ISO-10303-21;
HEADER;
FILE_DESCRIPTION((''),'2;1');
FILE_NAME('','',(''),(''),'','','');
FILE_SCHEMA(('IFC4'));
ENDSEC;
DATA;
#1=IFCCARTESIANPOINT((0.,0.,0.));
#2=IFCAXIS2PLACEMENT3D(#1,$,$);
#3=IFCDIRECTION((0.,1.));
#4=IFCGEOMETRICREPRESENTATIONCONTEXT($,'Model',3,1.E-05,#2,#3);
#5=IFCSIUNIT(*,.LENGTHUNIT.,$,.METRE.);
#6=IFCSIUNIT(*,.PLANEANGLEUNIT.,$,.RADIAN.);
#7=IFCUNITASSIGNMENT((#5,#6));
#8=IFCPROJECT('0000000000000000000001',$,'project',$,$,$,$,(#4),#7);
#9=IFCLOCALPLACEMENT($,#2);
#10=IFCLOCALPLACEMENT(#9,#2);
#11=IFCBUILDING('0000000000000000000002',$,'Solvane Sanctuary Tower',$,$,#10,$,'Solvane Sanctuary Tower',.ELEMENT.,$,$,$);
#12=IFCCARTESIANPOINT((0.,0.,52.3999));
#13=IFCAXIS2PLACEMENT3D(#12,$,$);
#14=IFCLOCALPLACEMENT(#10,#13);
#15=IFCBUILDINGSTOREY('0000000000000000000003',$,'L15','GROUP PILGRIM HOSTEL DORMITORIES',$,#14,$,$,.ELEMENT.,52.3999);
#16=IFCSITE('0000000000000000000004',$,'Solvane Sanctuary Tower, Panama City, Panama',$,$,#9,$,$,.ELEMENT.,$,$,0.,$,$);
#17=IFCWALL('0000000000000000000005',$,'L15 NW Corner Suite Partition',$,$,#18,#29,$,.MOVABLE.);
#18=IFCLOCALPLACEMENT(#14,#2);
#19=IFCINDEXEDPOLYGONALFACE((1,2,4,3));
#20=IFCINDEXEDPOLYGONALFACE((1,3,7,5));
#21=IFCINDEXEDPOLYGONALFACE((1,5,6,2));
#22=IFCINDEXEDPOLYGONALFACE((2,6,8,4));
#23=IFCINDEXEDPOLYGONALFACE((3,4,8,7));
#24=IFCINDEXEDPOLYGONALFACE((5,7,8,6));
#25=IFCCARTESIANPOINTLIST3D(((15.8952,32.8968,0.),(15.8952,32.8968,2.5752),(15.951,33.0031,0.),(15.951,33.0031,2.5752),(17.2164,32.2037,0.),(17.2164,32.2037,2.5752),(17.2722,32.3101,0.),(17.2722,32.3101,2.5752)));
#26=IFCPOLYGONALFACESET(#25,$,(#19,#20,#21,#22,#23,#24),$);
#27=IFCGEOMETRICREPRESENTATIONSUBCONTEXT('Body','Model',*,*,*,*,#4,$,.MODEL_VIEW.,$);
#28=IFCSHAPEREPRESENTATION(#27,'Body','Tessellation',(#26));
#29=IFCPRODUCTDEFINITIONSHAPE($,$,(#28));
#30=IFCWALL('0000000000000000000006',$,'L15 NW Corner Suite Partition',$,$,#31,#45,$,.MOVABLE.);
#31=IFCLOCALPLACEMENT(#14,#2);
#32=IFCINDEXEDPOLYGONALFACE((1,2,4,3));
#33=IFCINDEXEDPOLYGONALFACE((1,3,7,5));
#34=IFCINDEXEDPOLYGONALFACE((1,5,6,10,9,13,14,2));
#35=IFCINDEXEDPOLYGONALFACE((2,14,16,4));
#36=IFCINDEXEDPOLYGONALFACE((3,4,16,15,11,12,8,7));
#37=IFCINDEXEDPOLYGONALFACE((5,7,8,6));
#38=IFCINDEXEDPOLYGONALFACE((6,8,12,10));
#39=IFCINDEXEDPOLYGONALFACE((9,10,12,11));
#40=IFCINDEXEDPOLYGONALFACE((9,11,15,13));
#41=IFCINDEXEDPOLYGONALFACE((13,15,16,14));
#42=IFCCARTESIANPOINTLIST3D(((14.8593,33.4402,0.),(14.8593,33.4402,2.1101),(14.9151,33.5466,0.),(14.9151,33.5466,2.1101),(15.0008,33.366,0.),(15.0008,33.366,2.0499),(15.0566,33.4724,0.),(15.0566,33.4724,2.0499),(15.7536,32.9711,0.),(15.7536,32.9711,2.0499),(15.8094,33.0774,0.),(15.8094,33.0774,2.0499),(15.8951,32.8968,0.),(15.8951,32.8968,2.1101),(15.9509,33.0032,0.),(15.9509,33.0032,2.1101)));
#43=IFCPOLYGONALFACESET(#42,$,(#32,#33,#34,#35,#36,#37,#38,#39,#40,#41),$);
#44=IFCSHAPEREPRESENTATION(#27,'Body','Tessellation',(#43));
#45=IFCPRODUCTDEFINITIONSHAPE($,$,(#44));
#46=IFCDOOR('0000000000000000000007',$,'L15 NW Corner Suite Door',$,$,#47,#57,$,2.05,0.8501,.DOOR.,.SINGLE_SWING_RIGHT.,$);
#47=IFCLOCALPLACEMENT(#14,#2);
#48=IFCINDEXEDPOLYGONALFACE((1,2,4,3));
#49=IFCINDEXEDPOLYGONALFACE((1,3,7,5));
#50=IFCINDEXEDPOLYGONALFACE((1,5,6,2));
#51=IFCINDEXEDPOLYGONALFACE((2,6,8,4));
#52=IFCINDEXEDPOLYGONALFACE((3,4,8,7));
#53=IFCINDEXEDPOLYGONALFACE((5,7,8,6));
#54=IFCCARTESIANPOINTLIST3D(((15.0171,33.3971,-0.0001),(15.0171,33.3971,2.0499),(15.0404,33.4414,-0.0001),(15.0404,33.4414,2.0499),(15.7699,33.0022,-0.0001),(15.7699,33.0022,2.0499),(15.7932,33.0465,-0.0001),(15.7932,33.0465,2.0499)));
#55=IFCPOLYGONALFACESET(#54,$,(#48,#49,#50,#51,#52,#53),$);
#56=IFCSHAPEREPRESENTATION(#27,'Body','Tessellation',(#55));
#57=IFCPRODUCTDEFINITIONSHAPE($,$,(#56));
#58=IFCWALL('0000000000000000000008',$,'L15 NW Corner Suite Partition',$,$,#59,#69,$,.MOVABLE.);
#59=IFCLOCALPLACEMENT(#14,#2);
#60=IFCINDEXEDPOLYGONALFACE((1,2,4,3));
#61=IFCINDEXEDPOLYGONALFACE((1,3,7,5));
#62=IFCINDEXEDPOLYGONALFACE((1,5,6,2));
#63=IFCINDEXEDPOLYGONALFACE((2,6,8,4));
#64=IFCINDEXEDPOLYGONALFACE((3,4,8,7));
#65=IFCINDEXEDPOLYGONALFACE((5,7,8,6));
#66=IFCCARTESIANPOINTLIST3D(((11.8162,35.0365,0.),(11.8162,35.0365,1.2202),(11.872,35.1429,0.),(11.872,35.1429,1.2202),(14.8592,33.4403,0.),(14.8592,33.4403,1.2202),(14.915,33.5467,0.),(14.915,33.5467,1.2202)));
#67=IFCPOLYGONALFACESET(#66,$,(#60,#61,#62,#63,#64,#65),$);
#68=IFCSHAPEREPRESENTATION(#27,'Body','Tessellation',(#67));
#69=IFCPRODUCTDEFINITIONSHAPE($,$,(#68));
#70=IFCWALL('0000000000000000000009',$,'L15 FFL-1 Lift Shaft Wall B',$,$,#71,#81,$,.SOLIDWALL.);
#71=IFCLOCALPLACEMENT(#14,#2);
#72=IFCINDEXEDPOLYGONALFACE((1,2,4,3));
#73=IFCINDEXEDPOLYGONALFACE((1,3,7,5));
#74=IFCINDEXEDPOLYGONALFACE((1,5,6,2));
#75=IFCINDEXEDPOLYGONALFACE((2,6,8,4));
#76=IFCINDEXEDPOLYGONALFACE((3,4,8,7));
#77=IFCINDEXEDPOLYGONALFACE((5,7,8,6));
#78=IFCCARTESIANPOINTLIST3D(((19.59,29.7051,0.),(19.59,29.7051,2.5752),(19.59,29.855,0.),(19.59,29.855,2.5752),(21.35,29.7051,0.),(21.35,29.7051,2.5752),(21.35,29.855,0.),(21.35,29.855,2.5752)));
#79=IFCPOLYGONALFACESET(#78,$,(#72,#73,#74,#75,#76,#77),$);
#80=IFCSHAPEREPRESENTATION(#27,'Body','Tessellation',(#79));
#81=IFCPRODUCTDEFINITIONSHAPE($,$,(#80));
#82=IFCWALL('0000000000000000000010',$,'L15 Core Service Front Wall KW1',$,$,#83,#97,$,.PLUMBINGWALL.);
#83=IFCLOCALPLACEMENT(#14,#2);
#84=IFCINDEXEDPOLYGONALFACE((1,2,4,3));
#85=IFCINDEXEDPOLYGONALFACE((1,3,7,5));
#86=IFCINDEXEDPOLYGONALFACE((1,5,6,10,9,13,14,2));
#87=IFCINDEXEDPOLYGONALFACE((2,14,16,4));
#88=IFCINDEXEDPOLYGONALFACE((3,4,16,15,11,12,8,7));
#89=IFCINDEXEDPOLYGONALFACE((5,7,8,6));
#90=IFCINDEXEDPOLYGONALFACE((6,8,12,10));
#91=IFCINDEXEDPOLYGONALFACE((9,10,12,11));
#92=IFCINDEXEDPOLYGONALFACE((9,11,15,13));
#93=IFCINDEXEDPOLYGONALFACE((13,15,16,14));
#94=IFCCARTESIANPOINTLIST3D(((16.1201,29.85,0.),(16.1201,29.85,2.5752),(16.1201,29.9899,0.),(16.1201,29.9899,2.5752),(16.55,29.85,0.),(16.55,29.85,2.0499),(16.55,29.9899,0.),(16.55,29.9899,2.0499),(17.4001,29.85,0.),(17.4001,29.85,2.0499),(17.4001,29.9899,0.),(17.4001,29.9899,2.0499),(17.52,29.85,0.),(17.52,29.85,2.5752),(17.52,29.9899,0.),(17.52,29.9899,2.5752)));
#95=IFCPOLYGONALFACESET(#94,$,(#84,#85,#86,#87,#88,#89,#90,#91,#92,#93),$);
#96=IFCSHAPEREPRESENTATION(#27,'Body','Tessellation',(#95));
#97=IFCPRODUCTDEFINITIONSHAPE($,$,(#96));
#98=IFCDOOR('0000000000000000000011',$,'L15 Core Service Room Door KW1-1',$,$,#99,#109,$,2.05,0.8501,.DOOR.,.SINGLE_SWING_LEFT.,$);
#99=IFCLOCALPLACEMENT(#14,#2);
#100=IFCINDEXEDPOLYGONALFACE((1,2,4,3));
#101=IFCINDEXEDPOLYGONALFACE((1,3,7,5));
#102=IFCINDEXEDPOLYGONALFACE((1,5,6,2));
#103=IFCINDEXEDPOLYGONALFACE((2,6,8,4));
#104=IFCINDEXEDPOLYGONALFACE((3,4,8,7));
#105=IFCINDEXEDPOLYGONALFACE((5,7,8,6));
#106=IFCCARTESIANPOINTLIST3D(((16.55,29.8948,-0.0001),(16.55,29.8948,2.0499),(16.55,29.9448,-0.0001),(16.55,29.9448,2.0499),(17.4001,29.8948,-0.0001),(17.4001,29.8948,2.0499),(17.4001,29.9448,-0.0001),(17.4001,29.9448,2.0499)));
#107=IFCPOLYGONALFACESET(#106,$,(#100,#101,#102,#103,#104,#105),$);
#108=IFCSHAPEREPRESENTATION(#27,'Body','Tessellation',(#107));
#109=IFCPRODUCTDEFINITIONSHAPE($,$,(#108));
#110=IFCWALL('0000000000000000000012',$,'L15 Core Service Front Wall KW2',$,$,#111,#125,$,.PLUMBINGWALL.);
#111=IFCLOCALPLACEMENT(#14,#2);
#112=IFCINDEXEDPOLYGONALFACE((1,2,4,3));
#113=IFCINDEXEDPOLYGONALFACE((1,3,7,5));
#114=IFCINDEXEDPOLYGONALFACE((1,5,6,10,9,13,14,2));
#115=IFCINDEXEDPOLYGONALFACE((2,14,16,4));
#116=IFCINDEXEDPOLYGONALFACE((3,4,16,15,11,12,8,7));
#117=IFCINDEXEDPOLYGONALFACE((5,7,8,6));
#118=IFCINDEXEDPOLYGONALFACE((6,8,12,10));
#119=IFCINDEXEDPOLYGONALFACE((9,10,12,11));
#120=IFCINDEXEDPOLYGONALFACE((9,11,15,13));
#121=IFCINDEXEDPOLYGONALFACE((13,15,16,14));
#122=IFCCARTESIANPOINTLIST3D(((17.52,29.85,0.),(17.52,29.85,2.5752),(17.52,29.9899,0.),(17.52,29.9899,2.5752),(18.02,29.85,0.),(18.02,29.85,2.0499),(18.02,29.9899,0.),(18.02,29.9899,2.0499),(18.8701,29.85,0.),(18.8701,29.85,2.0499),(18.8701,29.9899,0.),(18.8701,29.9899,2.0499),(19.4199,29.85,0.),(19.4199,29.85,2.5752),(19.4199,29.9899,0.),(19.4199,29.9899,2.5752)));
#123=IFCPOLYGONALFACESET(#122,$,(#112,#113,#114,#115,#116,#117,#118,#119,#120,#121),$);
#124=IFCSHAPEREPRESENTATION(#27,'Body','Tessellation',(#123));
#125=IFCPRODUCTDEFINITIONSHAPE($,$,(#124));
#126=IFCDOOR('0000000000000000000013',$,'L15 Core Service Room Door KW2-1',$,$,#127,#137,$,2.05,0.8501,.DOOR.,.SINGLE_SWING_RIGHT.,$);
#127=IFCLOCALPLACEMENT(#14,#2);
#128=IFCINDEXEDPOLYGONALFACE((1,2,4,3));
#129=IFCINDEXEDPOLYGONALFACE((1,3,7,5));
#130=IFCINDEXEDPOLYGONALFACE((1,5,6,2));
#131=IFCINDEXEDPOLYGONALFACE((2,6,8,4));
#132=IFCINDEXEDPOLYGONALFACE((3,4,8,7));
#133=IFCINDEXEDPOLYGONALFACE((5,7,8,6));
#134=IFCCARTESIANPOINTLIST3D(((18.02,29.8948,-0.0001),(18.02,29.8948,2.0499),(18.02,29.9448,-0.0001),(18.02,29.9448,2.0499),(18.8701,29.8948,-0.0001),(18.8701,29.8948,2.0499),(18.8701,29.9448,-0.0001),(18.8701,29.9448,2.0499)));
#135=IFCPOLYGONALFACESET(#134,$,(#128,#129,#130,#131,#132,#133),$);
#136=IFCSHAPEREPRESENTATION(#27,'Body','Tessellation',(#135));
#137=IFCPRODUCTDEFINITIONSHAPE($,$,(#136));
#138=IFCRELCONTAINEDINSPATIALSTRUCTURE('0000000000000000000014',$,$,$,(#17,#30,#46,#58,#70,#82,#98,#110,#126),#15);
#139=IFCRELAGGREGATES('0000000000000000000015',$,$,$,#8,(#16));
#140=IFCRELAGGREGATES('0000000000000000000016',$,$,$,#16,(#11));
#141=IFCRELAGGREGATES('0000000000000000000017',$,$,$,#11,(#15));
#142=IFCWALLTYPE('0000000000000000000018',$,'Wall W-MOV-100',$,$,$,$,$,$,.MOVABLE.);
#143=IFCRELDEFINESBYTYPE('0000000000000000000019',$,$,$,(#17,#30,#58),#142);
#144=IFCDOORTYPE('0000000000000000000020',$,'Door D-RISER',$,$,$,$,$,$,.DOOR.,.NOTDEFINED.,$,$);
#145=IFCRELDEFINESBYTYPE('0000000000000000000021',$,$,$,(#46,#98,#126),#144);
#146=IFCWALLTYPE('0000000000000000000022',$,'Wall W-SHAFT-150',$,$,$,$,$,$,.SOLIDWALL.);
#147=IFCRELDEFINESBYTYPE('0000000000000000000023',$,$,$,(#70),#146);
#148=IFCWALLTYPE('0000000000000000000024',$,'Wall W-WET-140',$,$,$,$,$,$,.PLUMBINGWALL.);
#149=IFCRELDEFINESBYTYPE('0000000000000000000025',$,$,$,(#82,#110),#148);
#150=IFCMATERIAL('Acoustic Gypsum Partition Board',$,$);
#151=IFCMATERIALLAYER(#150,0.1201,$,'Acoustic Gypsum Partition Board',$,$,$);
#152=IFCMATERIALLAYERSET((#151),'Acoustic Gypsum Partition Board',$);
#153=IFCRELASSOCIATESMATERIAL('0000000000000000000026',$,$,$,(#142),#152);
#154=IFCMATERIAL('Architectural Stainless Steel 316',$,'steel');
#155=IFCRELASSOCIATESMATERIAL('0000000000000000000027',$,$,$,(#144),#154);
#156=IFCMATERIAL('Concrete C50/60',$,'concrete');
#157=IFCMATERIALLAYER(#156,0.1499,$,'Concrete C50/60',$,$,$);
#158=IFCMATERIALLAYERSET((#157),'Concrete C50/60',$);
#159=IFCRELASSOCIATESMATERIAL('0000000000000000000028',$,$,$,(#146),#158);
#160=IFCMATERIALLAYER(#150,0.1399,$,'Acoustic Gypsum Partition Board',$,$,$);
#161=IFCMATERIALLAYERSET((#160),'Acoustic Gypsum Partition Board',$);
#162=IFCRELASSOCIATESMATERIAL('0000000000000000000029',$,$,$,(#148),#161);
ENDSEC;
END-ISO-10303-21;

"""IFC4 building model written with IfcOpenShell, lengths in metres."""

from ifc_helpers import new_model, si_unit, direction, frame, frame_2d, origin, place, context, subcontext, project, spatial, rectangle, extrude, material, layer, layer_set, type_object, element, fill, save


model = new_model("IFC4")

# Units and contexts
model_context = context("Model", 3, precision=1e-05, world=origin(), true_north=direction((0.0, 1.0)))
body_context = subcontext(model_context, "Body", "Model", "MODEL_VIEW")
ifc_project = project(units=[si_unit("LENGTHUNIT", "METRE"), si_unit("PLANEANGLEUNIT", "RADIAN")], contexts=[model_context])

# Site, building, storey
site_placement = place(None, origin())
site = spatial("IfcSite", under=ifc_project, at=site_placement, Name="Solvane Sanctuary Tower, Panama City, Panama", CompositionType="ELEMENT", RefElevation=0.0)
building_placement = place(site_placement, origin())
building = spatial("IfcBuilding", under=site, at=building_placement, Name="Solvane Sanctuary Tower", LongName="Solvane Sanctuary Tower", CompositionType="ELEMENT")
storey_placement = place(building_placement, frame((0.0, 0.0, 52.3999)))
storey = spatial("IfcBuildingStorey", under=building, at=storey_placement, Name="L15", Description="GROUP PILGRIM HOSTEL DORMITORIES", CompositionType="ELEMENT", Elevation=52.3999)

# Shared definitions
ifc_material_1 = material(Name="Acoustic Gypsum Partition Board")

# Wall
ifc_layer_1 = layer(ifc_material_1, 0.1201, Name="Acoustic Gypsum Partition Board")
ifc_layer_set_1 = layer_set([ifc_layer_1], Name="Acoustic Gypsum Partition Board")
wall_type_1 = type_object("IfcWallType", Name="Wall W-MOV-100", PredefinedType="MOVABLE", material=ifc_layer_set_1)
wall_1_placement = place(storey_placement, frame((17.2444, 32.2568, 0.0), z_axis=(0.0, 0.0, 1.0), x_axis=(-0.885553, 0.464539, 0.0)))
element("IfcWall", 1, at=wall_1_placement, inside=storey, type_object=wall_type_1, Name="L15 NW Corner Suite Partition", PredefinedType="MOVABLE", context=body_context, shape_type="SweptSolid", body=[
    extrude(rectangle(XDim=1.4919, YDim=0.1201, at=frame_2d((0.7461, 0.0))), origin(), (0.0, 0.0, 1.0), 2.5752),
])

# Wall, opening, door
wall_2_placement = place(storey_placement, frame((15.9231, 32.95, 0.0), z_axis=(0.0, 0.0, 1.0), x_axis=(-0.885533, 0.464576, 0.0)))
wall_2 = element("IfcWall", 2, at=wall_2_placement, inside=storey, type_object=wall_type_1, Name="L15 NW Corner Suite Partition", PredefinedType="MOVABLE", context=body_context, shape_type="SweptSolid", body=[
    extrude(rectangle(XDim=1.1697, YDim=0.1201, at=frame_2d((0.585, 0.0))), origin(), (0.0, 0.0, 1.0), 2.1101),
])
opening_1_placement = place(wall_2_placement, frame((0.1599, 0.0, 0.0)))
opening_1 = element("IfcOpeningElement", 3, at=opening_1_placement, cuts=wall_2, PredefinedType="OPENING", context=body_context, shape_type="SweptSolid", body=[
    extrude(rectangle(XDim=0.8501, YDim=2.05, at=frame_2d((0.425, 1.0249))), frame((0.0, 0.0701, 0.0), z_axis=(0.0, -1.0, 0.0), x_axis=(1.0, 0.0, 0.0)), (0.0, 0.0, 1.0), 0.1401),
])
ifc_material_2 = material(Name="Architectural Stainless Steel 316", Category="steel")
door_type_1 = type_object("IfcDoorType", Name="Door D-RISER", OperationType="NOTDEFINED", PredefinedType="DOOR", material=ifc_material_2)
door_1_placement = place(opening_1_placement, origin())
door_1 = element("IfcDoor", 4, at=door_1_placement, inside=storey, type_object=door_type_1, Name="L15 NW Corner Suite Door", OperationType="SINGLE_SWING_RIGHT", OverallHeight=2.05, OverallWidth=0.8501, PredefinedType="DOOR", context=body_context, shape_type="SweptSolid", body=[
    extrude(rectangle(XDim=0.8501, YDim=2.05, at=frame_2d((0.425, 1.0249))), frame((0.0, 0.0249, 0.0), z_axis=(0.0, -1.0, 0.0), x_axis=(1.0, 0.0, 0.0)), (0.0, 0.0, 1.0), 0.05),
])
fill(opening_1, door_1)

# Walls
wall_3_placement = place(storey_placement, frame((14.8872, 33.4934, 0.0), z_axis=(0.0, 0.0, 1.0), x_axis=(-0.885562, 0.464522, 0.0)))
element("IfcWall", 5, at=wall_3_placement, inside=storey, type_object=wall_type_1, Name="L15 NW Corner Suite Partition", PredefinedType="MOVABLE", context=body_context, shape_type="SweptSolid", body=[
    extrude(rectangle(XDim=3.4363, YDim=0.1201, at=frame_2d((1.7183, 0.0))), origin(), (0.0, 0.0, 1.0), 1.2202),
])
ifc_material_3 = material(Name="Concrete C50/60", Category="concrete")
ifc_layer_2 = layer(ifc_material_3, 0.1499, Name="Concrete C50/60")
ifc_layer_set_2 = layer_set([ifc_layer_2], Name="Concrete C50/60")
wall_type_2 = type_object("IfcWallType", Name="Wall W-SHAFT-150", PredefinedType="SOLIDWALL", material=ifc_layer_set_2)
wall_4_placement = place(storey_placement, frame((19.5901, 29.78, 0.0), z_axis=(0.0, 0.0, 1.0), x_axis=(1.0, 0.0, 0.0)))
element("IfcWall", 6, at=wall_4_placement, inside=storey, type_object=wall_type_2, Name="L15 FFL-1 Lift Shaft Wall B", PredefinedType="SOLIDWALL", context=body_context, shape_type="SweptSolid", body=[
    extrude(rectangle(XDim=1.76, YDim=0.1499, at=frame_2d((0.8799, 0.0))), origin(), (0.0, 0.0, 1.0), 2.5752),
])

# Walls, openings, doors
ifc_layer_3 = layer(ifc_material_1, 0.1399, Name="Acoustic Gypsum Partition Board")
ifc_layer_set_3 = layer_set([ifc_layer_3], Name="Acoustic Gypsum Partition Board")
wall_type_3 = type_object("IfcWallType", Name="Wall W-WET-140", PredefinedType="PLUMBINGWALL", material=ifc_layer_set_3)
wall_5_placement = place(storey_placement, frame((16.1201, 29.9199, 0.0), z_axis=(0.0, 0.0, 1.0), x_axis=(1.0, 0.0, 0.0)))
wall_5 = element("IfcWall", 7, at=wall_5_placement, inside=storey, type_object=wall_type_3, Name="L15 Core Service Front Wall KW1", PredefinedType="PLUMBINGWALL", context=body_context, shape_type="SweptSolid", body=[
    extrude(rectangle(XDim=1.3999, YDim=0.1399, at=frame_2d((0.7, 0.0))), origin(), (0.0, 0.0, 1.0), 2.5752),
])
opening_2_placement = place(wall_5_placement, frame((0.4299, 0.0, 0.0)))
opening_2 = element("IfcOpeningElement", 8, at=opening_2_placement, cuts=wall_5, PredefinedType="OPENING", context=body_context, shape_type="SweptSolid", body=[
    extrude(rectangle(XDim=0.8501, YDim=2.05, at=frame_2d((0.425, 1.0249))), frame((0.0, 0.0798, 0.0), z_axis=(0.0, -1.0, 0.0), x_axis=(1.0, 0.0, 0.0)), (0.0, 0.0, 1.0), 0.1599),
])
door_2_placement = place(opening_2_placement, origin())
door_2 = element("IfcDoor", 9, at=door_2_placement, inside=storey, type_object=door_type_1, Name="L15 Core Service Room Door KW1-1", OperationType="SINGLE_SWING_LEFT", OverallHeight=2.05, OverallWidth=0.8501, PredefinedType="DOOR", context=body_context, shape_type="SweptSolid", body=[
    extrude(rectangle(XDim=0.8501, YDim=2.05, at=frame_2d((0.425, 1.0249))), frame((0.0, 0.0249, 0.0), z_axis=(0.0, -1.0, 0.0), x_axis=(1.0, 0.0, 0.0)), (0.0, 0.0, 1.0), 0.05),
])
fill(opening_2, door_2)
wall_6_placement = place(storey_placement, frame((17.52, 29.9199, 0.0), z_axis=(0.0, 0.0, 1.0), x_axis=(1.0, 0.0, 0.0)))
wall_6 = element("IfcWall", 10, at=wall_6_placement, inside=storey, type_object=wall_type_3, Name="L15 Core Service Front Wall KW2", PredefinedType="PLUMBINGWALL", context=body_context, shape_type="SweptSolid", body=[
    extrude(rectangle(XDim=1.8999, YDim=0.1399, at=frame_2d((0.95, 0.0))), origin(), (0.0, 0.0, 1.0), 2.5752),
])
opening_3_placement = place(wall_6_placement, frame((0.5, 0.0, 0.0)))
opening_3 = element("IfcOpeningElement", 11, at=opening_3_placement, cuts=wall_6, PredefinedType="OPENING", context=body_context, shape_type="SweptSolid", body=[
    extrude(rectangle(XDim=0.8501, YDim=2.05, at=frame_2d((0.425, 1.0249))), frame((0.0, 0.0798, 0.0), z_axis=(0.0, -1.0, 0.0), x_axis=(1.0, 0.0, 0.0)), (0.0, 0.0, 1.0), 0.1599),
])
door_3_placement = place(opening_3_placement, origin())
door_3 = element("IfcDoor", 12, at=door_3_placement, inside=storey, type_object=door_type_1, Name="L15 Core Service Room Door KW2-1", OperationType="SINGLE_SWING_RIGHT", OverallHeight=2.05, OverallWidth=0.8501, PredefinedType="DOOR", context=body_context, shape_type="SweptSolid", body=[
    extrude(rectangle(XDim=0.8501, YDim=2.05, at=frame_2d((0.425, 1.0249))), frame((0.0, 0.0249, 0.0), z_axis=(0.0, -1.0, 0.0), x_axis=(1.0, 0.0, 0.0)), (0.0, 0.0, 1.0), 0.05),
])
fill(opening_3, door_3)

save(model, "model.ifc")
